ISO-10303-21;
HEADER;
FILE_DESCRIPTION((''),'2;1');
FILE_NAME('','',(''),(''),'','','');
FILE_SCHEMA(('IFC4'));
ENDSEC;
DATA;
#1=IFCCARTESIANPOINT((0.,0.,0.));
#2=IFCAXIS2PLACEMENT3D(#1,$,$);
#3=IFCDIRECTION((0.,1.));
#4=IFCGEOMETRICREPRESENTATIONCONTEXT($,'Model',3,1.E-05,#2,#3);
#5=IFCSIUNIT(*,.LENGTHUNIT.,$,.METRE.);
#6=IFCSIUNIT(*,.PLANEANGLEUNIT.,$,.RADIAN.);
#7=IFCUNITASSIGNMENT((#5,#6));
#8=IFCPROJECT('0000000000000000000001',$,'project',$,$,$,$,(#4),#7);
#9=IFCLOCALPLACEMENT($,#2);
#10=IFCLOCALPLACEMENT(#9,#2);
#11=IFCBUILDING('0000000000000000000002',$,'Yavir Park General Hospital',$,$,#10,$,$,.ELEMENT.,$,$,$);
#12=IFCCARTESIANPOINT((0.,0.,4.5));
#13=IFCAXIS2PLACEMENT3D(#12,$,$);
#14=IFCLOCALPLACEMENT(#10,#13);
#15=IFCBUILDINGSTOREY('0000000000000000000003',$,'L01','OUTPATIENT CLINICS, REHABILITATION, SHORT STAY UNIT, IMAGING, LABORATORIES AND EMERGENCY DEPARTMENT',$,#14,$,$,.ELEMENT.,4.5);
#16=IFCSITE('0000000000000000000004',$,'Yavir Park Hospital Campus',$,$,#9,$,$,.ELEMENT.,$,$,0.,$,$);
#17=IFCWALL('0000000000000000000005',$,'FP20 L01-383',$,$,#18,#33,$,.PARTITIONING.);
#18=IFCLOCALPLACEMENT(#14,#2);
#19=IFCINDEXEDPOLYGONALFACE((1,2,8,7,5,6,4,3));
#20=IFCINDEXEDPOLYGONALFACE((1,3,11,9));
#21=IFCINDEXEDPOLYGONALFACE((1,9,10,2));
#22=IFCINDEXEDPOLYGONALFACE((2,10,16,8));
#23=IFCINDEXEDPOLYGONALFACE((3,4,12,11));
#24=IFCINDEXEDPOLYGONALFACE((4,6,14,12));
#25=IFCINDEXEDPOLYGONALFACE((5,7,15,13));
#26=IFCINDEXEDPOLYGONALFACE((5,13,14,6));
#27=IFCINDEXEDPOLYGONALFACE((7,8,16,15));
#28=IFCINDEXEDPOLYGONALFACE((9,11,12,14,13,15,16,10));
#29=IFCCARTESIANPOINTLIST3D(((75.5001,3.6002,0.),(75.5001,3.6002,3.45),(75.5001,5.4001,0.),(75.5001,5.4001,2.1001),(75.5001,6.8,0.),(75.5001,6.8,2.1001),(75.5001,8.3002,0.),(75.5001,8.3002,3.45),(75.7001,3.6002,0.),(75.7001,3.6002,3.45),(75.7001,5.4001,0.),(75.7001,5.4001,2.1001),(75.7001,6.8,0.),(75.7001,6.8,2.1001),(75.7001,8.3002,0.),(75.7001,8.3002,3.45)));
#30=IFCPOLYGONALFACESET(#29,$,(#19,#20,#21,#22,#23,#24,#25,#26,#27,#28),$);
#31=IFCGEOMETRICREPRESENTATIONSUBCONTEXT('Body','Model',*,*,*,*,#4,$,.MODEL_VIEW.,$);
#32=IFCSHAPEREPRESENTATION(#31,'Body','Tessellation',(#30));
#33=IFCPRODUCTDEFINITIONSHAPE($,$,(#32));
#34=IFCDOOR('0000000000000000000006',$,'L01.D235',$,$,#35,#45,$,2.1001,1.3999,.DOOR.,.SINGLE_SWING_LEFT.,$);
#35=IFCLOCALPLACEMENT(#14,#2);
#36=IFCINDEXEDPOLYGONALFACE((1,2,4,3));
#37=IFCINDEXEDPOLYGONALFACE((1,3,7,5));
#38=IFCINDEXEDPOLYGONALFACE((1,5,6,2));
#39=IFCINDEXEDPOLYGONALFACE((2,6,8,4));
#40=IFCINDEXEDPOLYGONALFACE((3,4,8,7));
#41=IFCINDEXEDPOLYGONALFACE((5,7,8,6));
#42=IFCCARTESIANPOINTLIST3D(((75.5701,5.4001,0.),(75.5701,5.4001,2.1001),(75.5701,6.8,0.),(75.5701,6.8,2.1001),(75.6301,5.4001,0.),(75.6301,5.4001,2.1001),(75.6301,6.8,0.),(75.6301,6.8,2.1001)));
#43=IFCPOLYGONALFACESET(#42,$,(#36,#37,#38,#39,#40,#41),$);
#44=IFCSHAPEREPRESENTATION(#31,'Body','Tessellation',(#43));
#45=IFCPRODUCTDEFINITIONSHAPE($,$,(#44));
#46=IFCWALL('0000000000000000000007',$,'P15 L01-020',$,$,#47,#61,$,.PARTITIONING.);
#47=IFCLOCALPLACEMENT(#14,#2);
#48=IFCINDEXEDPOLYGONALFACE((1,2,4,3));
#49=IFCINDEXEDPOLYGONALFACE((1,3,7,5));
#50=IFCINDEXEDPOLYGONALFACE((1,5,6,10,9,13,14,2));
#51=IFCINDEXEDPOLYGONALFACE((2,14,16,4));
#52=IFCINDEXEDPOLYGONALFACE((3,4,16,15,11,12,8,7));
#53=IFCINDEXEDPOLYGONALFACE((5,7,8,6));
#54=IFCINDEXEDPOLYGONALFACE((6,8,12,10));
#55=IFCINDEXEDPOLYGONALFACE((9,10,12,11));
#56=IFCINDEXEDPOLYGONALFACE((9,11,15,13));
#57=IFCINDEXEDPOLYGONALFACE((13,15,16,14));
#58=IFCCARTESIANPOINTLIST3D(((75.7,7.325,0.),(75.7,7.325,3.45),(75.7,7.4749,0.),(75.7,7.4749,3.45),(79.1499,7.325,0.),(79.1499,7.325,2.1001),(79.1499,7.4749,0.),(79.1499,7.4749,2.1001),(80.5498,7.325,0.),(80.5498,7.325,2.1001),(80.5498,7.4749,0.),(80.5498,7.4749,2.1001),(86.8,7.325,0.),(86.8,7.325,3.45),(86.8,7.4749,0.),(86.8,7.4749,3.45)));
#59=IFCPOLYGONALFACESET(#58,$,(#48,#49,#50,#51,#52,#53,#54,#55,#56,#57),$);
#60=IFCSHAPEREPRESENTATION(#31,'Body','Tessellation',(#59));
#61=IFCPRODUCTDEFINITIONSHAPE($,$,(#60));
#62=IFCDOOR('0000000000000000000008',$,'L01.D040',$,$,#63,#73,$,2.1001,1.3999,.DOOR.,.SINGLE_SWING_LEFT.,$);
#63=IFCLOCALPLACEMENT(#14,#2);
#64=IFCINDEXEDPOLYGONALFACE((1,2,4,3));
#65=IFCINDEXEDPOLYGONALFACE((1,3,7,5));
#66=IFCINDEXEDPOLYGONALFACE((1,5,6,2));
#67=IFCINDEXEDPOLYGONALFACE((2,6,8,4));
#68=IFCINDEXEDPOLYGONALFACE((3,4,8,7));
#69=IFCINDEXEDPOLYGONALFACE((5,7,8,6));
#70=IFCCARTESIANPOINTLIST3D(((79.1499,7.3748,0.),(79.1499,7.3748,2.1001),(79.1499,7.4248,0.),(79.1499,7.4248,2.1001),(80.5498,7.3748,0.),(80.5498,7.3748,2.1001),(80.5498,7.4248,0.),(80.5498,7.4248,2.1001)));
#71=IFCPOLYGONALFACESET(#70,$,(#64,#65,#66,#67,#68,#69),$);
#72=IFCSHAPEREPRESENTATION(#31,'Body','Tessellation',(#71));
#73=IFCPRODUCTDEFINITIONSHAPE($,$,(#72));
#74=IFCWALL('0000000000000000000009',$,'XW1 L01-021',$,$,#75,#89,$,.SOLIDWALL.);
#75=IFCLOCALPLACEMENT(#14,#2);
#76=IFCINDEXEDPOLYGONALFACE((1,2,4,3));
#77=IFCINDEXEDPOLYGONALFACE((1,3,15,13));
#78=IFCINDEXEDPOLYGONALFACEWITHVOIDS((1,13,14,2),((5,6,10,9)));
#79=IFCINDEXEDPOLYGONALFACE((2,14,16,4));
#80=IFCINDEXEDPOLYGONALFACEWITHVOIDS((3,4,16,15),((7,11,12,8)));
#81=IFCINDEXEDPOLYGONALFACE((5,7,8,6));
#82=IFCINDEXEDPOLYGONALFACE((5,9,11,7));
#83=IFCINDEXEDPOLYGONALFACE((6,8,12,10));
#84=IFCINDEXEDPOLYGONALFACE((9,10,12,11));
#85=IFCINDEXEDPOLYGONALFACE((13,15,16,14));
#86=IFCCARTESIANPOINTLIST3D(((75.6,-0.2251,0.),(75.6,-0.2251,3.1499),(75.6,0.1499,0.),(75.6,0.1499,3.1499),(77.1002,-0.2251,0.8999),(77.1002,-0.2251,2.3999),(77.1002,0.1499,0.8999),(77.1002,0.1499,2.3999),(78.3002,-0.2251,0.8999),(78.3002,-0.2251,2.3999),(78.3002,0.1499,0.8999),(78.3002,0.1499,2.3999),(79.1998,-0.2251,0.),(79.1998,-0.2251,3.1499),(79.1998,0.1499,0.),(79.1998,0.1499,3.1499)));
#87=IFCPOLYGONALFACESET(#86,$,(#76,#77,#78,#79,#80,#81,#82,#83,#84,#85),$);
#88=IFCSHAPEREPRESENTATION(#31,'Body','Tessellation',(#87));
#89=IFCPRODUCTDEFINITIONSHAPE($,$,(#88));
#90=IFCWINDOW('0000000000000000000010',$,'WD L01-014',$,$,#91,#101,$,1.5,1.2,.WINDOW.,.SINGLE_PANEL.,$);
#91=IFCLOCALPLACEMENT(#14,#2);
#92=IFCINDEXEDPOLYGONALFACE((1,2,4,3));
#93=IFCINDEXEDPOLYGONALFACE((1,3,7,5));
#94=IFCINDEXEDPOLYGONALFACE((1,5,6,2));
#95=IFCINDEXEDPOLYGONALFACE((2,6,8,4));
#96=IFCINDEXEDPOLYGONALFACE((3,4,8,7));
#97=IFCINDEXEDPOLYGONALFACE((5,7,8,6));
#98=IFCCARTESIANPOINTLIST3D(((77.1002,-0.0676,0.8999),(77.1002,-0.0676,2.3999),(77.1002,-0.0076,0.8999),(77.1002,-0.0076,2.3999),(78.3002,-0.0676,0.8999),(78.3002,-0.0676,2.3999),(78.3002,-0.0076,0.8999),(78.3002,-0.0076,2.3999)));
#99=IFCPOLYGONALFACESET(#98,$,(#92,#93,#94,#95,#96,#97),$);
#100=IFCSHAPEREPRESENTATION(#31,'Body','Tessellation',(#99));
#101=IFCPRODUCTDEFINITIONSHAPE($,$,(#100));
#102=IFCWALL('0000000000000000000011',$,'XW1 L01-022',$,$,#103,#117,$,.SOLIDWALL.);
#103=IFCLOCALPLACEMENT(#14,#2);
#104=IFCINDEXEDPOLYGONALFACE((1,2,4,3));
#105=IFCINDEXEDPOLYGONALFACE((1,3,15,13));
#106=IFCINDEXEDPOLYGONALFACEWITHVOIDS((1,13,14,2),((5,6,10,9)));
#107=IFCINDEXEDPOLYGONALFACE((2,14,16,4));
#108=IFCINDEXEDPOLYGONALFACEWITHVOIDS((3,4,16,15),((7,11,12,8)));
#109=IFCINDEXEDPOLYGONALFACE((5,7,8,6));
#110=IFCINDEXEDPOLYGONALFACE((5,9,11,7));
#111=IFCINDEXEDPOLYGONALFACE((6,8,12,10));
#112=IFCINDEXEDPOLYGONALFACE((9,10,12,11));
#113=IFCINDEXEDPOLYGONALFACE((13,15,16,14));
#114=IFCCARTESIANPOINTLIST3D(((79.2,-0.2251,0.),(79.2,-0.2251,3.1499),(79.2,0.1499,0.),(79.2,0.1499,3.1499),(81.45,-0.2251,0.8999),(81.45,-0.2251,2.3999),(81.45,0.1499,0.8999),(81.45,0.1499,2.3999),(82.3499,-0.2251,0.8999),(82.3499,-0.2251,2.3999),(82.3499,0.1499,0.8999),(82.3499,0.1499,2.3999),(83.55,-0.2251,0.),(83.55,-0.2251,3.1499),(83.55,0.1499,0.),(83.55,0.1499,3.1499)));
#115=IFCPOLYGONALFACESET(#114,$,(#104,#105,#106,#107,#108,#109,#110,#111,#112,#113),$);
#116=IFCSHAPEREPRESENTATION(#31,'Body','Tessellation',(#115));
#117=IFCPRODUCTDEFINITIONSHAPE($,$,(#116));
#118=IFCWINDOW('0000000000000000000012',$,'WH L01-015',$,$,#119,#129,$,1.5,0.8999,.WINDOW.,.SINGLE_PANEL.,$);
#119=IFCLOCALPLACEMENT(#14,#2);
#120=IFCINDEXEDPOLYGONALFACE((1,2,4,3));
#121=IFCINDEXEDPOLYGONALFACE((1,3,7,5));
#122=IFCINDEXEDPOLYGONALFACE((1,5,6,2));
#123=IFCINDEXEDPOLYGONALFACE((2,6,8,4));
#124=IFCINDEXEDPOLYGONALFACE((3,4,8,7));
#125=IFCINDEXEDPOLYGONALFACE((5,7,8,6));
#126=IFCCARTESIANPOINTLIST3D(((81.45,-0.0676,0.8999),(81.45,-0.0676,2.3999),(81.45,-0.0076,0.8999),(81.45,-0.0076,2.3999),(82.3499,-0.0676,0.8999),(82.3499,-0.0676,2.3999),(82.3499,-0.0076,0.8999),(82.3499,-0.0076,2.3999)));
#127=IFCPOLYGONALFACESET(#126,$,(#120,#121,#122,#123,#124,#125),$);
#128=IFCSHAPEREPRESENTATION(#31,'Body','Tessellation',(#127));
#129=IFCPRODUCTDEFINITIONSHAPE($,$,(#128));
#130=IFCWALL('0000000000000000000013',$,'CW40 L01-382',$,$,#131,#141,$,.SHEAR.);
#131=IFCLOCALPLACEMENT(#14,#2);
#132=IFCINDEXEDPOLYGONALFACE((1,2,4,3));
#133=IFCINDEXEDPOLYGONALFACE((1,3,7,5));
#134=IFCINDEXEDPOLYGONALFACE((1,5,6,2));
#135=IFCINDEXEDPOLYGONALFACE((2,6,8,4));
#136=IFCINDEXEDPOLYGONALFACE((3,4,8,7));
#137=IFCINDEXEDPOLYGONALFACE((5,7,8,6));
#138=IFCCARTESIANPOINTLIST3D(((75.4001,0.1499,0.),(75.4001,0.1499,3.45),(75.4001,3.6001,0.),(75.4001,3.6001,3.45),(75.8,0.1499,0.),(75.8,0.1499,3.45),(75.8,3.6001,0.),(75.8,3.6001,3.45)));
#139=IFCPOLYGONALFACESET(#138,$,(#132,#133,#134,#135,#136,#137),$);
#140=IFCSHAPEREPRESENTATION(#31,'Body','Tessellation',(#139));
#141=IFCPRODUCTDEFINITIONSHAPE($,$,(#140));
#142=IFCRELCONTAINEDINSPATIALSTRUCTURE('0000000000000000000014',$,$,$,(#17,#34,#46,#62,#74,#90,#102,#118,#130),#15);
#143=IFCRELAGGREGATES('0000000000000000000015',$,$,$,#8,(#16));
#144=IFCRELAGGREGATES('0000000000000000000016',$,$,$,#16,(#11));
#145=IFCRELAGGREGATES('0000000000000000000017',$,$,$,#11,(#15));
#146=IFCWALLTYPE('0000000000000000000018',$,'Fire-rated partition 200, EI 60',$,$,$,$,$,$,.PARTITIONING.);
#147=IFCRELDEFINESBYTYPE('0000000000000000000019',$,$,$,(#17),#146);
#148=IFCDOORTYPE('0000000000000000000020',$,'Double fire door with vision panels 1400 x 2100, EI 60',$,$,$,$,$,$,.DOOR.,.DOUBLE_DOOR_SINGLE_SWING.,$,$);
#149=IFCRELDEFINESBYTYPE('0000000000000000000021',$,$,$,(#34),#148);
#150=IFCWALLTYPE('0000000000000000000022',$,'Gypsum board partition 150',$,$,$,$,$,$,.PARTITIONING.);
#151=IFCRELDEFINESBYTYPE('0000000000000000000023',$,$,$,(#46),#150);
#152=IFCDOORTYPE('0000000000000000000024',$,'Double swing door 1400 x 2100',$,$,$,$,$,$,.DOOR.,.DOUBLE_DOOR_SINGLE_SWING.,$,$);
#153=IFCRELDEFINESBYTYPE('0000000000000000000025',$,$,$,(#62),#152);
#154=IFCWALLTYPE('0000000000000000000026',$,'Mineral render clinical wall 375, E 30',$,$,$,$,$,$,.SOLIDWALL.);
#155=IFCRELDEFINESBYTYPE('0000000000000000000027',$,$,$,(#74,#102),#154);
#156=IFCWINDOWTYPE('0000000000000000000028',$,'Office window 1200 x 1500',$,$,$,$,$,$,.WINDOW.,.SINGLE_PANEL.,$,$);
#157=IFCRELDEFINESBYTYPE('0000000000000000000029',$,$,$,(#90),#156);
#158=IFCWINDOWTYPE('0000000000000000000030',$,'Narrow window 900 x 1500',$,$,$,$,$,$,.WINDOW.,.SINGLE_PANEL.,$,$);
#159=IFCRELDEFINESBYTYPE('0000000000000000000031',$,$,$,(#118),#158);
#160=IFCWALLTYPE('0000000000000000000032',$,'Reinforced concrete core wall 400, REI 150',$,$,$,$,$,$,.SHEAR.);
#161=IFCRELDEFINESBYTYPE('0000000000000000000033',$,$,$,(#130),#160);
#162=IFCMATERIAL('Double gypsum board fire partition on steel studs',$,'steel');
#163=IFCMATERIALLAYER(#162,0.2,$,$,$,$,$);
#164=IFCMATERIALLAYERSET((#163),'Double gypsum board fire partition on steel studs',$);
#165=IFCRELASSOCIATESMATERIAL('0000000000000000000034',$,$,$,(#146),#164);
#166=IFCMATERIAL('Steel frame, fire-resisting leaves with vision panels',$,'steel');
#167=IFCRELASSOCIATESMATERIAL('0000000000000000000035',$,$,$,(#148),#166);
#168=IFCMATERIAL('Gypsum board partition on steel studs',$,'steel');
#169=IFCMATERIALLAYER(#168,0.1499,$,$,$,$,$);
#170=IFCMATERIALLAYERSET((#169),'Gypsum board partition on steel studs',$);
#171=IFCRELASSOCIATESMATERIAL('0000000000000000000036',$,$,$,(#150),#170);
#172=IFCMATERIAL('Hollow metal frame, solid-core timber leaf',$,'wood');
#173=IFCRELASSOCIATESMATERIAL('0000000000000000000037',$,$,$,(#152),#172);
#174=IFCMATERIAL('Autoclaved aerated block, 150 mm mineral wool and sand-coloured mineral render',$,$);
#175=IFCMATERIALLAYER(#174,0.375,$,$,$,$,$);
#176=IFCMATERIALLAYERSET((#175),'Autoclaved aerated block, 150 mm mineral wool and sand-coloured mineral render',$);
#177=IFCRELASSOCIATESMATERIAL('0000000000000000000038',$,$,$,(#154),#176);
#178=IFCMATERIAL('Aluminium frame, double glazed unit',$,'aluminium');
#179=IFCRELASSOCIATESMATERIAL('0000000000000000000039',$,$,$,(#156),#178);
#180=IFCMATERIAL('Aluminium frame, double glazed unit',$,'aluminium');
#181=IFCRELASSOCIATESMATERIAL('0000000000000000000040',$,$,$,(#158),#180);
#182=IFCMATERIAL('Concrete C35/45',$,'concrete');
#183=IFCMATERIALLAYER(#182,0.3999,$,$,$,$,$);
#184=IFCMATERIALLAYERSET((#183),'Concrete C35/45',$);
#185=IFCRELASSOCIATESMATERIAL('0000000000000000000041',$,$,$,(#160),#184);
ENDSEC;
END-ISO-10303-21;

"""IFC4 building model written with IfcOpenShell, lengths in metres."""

from ifc_helpers import new_model, si_unit, direction, frame, frame_2d, origin, place, context, subcontext, project, spatial, rectangle, extrude, material, layer, layer_set, type_object, element, fill, save


model = new_model("IFC4")

# Units and contexts
model_context = context("Model", 3, precision=1e-05, world=origin(), true_north=direction((0.0, 1.0)))
body_context = subcontext(model_context, "Body", "Model", "MODEL_VIEW")
ifc_project = project(units=[si_unit("LENGTHUNIT", "METRE"), si_unit("PLANEANGLEUNIT", "RADIAN")], contexts=[model_context])

# Site, building, storey
site_placement = place(None, origin())
site = spatial("IfcSite", under=ifc_project, at=site_placement, Name="Yavir Park Hospital Campus", CompositionType="ELEMENT", RefElevation=0.0)
building_placement = place(site_placement, origin())
building = spatial("IfcBuilding", under=site, at=building_placement, Name="Yavir Park General Hospital", CompositionType="ELEMENT")
storey_placement = place(building_placement, frame((0.0, 0.0, 4.5)))
storey = spatial("IfcBuildingStorey", under=building, at=storey_placement, Name="L01", Description="OUTPATIENT CLINICS, REHABILITATION, SHORT STAY UNIT, IMAGING, LABORATORIES AND EMERGENCY DEPARTMENT", CompositionType="ELEMENT", Elevation=4.5)

# Walls, openings, doors
ifc_material_1 = material(Name="Double gypsum board fire partition on steel studs", Category="steel")
ifc_layer_1 = layer(ifc_material_1, 0.2)
ifc_layer_set_1 = layer_set([ifc_layer_1], Name="Double gypsum board fire partition on steel studs")
wall_type_1 = type_object("IfcWallType", Name="Fire-rated partition 200, EI 60", PredefinedType="PARTITIONING", material=ifc_layer_set_1)
wall_1_placement = place(storey_placement, frame((75.6001, 3.6001, 0.0), z_axis=(0.0, 0.0, 1.0), x_axis=(0.0, 1.0, 0.0)))
wall_1 = element("IfcWall", 1, at=wall_1_placement, inside=storey, type_object=wall_type_1, Name="FP20 L01-383", PredefinedType="PARTITIONING", context=body_context, shape_type="SweptSolid", body=[
    extrude(rectangle(XDim=4.7, YDim=0.2, at=frame_2d((2.3501, 0.0))), origin(), (0.0, 0.0, 1.0), 3.45),
])
opening_1_placement = place(wall_1_placement, frame((1.8, 0.0, 0.0)))
opening_1 = element("IfcOpeningElement", 2, at=opening_1_placement, cuts=wall_1, PredefinedType="OPENING", context=body_context, shape_type="SweptSolid", body=[
    extrude(rectangle(XDim=1.3999, YDim=2.1001, at=frame_2d((0.7, 1.05))), frame((0.0, 0.1099, 0.0), z_axis=(0.0, -1.0, 0.0), x_axis=(1.0, 0.0, 0.0)), (0.0, 0.0, 1.0), 0.22),
])
ifc_material_2 = material(Name="Steel frame, fire-resisting leaves with vision panels", Category="steel")
door_type_1 = type_object("IfcDoorType", Name="Double fire door with vision panels 1400 x 2100, EI 60", OperationType="DOUBLE_DOOR_SINGLE_SWING", PredefinedType="DOOR", material=ifc_material_2)
door_1_placement = place(opening_1_placement, origin())
door_1 = element("IfcDoor", 3, at=door_1_placement, inside=storey, type_object=door_type_1, Name="L01.D235", OperationType="SINGLE_SWING_LEFT", OverallHeight=2.1001, OverallWidth=1.3999, PredefinedType="DOOR", context=body_context, shape_type="SweptSolid", body=[
    extrude(rectangle(XDim=1.3999, YDim=2.1001, at=frame_2d((0.7, 1.05))), frame((0.0, 0.03, 0.0), z_axis=(0.0, -1.0, 0.0), x_axis=(1.0, 0.0, 0.0)), (0.0, 0.0, 1.0), 0.0601),
])
fill(opening_1, door_1)
ifc_material_3 = material(Name="Gypsum board partition on steel studs", Category="steel")
ifc_layer_2 = layer(ifc_material_3, 0.1499)
ifc_layer_set_2 = layer_set([ifc_layer_2], Name="Gypsum board partition on steel studs")
wall_type_2 = type_object("IfcWallType", Name="Gypsum board partition 150", PredefinedType="PARTITIONING", material=ifc_layer_set_2)
wall_2_placement = place(storey_placement, frame((75.7, 7.3999, 0.0), z_axis=(0.0, 0.0, 1.0), x_axis=(1.0, 0.0, 0.0)))
wall_2 = element("IfcWall", 4, at=wall_2_placement, inside=storey, type_object=wall_type_2, Name="P15 L01-020", PredefinedType="PARTITIONING", context=body_context, shape_type="SweptSolid", body=[
    extrude(rectangle(XDim=11.1001, YDim=0.1499, at=frame_2d((5.55, 0.0))), origin(), (0.0, 0.0, 1.0), 3.45),
])
opening_2_placement = place(wall_2_placement, frame((3.45, 0.0, 0.0)))
opening_2 = element("IfcOpeningElement", 5, at=opening_2_placement, cuts=wall_2, PredefinedType="OPENING", context=body_context, shape_type="SweptSolid", body=[
    extrude(rectangle(XDim=1.3999, YDim=2.1001, at=frame_2d((0.7, 1.05))), frame((0.0, 0.085, 0.0), z_axis=(0.0, -1.0, 0.0), x_axis=(1.0, 0.0, 0.0)), (0.0, 0.0, 1.0), 0.1699),
])
ifc_material_4 = material(Name="Hollow metal frame, solid-core timber leaf", Category="wood")
door_type_2 = type_object("IfcDoorType", Name="Double swing door 1400 x 2100", OperationType="DOUBLE_DOOR_SINGLE_SWING", PredefinedType="DOOR", material=ifc_material_4)
door_2_placement = place(opening_2_placement, origin())
door_2 = element("IfcDoor", 6, at=door_2_placement, inside=storey, type_object=door_type_2, Name="L01.D040", OperationType="SINGLE_SWING_LEFT", OverallHeight=2.1001, OverallWidth=1.3999, PredefinedType="DOOR", context=body_context, shape_type="SweptSolid", body=[
    extrude(rectangle(XDim=1.3999, YDim=2.1001, at=frame_2d((0.7, 1.05))), frame((0.0, 0.0249, 0.0), z_axis=(0.0, -1.0, 0.0), x_axis=(1.0, 0.0, 0.0)), (0.0, 0.0, 1.0), 0.05),
])
fill(opening_2, door_2)

# Walls, openings, windows
ifc_material_5 = material(Name="Autoclaved aerated block, 150 mm mineral wool and sand-coloured mineral render")
ifc_layer_3 = layer(ifc_material_5, 0.375)
ifc_layer_set_3 = layer_set([ifc_layer_3], Name="Autoclaved aerated block, 150 mm mineral wool and sand-coloured mineral render")
wall_type_3 = type_object("IfcWallType", Name="Mineral render clinical wall 375, E 30", PredefinedType="SOLIDWALL", material=ifc_layer_set_3)
wall_3_placement = place(storey_placement, frame((75.6001, -0.0376, 0.0), z_axis=(0.0, 0.0, 1.0), x_axis=(1.0, 0.0, 0.0)))
wall_3 = element("IfcWall", 7, at=wall_3_placement, inside=storey, type_object=wall_type_3, Name="XW1 L01-021", PredefinedType="SOLIDWALL", context=body_context, shape_type="SweptSolid", body=[
    extrude(rectangle(XDim=3.5999, YDim=0.375, at=frame_2d((1.7998, 0.0))), origin(), (0.0, 0.0, 1.0), 3.1499),
])
opening_3_placement = place(wall_3_placement, frame((1.5, 0.0, 0.8999)))
opening_3 = element("IfcOpeningElement", 8, at=opening_3_placement, cuts=wall_3, PredefinedType="OPENING", context=body_context, shape_type="SweptSolid", body=[
    extrude(rectangle(XDim=1.2, YDim=1.5, at=frame_2d((0.6001, 0.75))), frame((0.0, 0.1975, 0.0), z_axis=(0.0, -1.0, 0.0), x_axis=(1.0, 0.0, 0.0)), (0.0, 0.0, 1.0), 0.395),
])
ifc_material_6 = material(Name="Aluminium frame, double glazed unit", Category="aluminium")
window_type_1 = type_object("IfcWindowType", Name="Office window 1200 x 1500", PartitioningType="SINGLE_PANEL", PredefinedType="WINDOW", material=ifc_material_6)
window_1_placement = place(opening_3_placement, origin())
window_1 = element("IfcWindow", 9, at=window_1_placement, inside=storey, type_object=window_type_1, Name="WD L01-014", OverallHeight=1.5, OverallWidth=1.2, PartitioningType="SINGLE_PANEL", PredefinedType="WINDOW", context=body_context, shape_type="SweptSolid", body=[
    extrude(rectangle(XDim=1.2, YDim=1.5, at=frame_2d((0.6001, 0.75))), frame((0.0, 0.03, 0.0), z_axis=(0.0, -1.0, 0.0), x_axis=(1.0, 0.0, 0.0)), (0.0, 0.0, 1.0), 0.0601),
])
fill(opening_3, window_1)
wall_4_placement = place(storey_placement, frame((79.2, -0.0376, 0.0), z_axis=(0.0, 0.0, 1.0), x_axis=(1.0, 0.0, 0.0)))
wall_4 = element("IfcWall", 10, at=wall_4_placement, inside=storey, type_object=wall_type_3, Name="XW1 L01-022", PredefinedType="SOLIDWALL", context=body_context, shape_type="SweptSolid", body=[
    extrude(rectangle(XDim=4.3501, YDim=0.375, at=frame_2d((2.175, 0.0))), origin(), (0.0, 0.0, 1.0), 3.1499),
])
opening_4_placement = place(wall_4_placement, frame((2.25, 0.0, 0.8999)))
opening_4 = element("IfcOpeningElement", 11, at=opening_4_placement, cuts=wall_4, PredefinedType="OPENING", context=body_context, shape_type="SweptSolid", body=[
    extrude(rectangle(XDim=0.8999, YDim=1.5, at=frame_2d((0.45, 0.75))), frame((0.0, 0.1975, 0.0), z_axis=(0.0, -1.0, 0.0), x_axis=(1.0, 0.0, 0.0)), (0.0, 0.0, 1.0), 0.395),
])
ifc_material_7 = material(Name="Aluminium frame, double glazed unit", Category="aluminium")
window_type_2 = type_object("IfcWindowType", Name="Narrow window 900 x 1500", PartitioningType="SINGLE_PANEL", PredefinedType="WINDOW", material=ifc_material_7)
window_2_placement = place(opening_4_placement, origin())
window_2 = element("IfcWindow", 12, at=window_2_placement, inside=storey, type_object=window_type_2, Name="WH L01-015", OverallHeight=1.5, OverallWidth=0.8999, PartitioningType="SINGLE_PANEL", PredefinedType="WINDOW", context=body_context, shape_type="SweptSolid", body=[
    extrude(rectangle(XDim=0.8999, YDim=1.5, at=frame_2d((0.45, 0.75))), frame((0.0, 0.03, 0.0), z_axis=(0.0, -1.0, 0.0), x_axis=(1.0, 0.0, 0.0)), (0.0, 0.0, 1.0), 0.0601),
])
fill(opening_4, window_2)

# Wall
ifc_material_8 = material(Name="Concrete C35/45", Category="concrete")
ifc_layer_4 = layer(ifc_material_8, 0.3999)
ifc_layer_set_4 = layer_set([ifc_layer_4], Name="Concrete C35/45")
wall_type_4 = type_object("IfcWallType", Name="Reinforced concrete core wall 400, REI 150", PredefinedType="SHEAR", material=ifc_layer_set_4)
wall_5_placement = place(storey_placement, frame((75.6001, 0.1499, 0.0), z_axis=(0.0, 0.0, 1.0), x_axis=(0.0, 1.0, 0.0)))
element("IfcWall", 13, at=wall_5_placement, inside=storey, type_object=wall_type_4, Name="CW40 L01-382", PredefinedType="SHEAR", context=body_context, shape_type="SweptSolid", body=[
    extrude(rectangle(XDim=3.4502, YDim=0.3999, at=frame_2d((1.7251, 0.0))), origin(), (0.0, 0.0, 1.0), 3.45),
])

save(model, "model.ifc")
